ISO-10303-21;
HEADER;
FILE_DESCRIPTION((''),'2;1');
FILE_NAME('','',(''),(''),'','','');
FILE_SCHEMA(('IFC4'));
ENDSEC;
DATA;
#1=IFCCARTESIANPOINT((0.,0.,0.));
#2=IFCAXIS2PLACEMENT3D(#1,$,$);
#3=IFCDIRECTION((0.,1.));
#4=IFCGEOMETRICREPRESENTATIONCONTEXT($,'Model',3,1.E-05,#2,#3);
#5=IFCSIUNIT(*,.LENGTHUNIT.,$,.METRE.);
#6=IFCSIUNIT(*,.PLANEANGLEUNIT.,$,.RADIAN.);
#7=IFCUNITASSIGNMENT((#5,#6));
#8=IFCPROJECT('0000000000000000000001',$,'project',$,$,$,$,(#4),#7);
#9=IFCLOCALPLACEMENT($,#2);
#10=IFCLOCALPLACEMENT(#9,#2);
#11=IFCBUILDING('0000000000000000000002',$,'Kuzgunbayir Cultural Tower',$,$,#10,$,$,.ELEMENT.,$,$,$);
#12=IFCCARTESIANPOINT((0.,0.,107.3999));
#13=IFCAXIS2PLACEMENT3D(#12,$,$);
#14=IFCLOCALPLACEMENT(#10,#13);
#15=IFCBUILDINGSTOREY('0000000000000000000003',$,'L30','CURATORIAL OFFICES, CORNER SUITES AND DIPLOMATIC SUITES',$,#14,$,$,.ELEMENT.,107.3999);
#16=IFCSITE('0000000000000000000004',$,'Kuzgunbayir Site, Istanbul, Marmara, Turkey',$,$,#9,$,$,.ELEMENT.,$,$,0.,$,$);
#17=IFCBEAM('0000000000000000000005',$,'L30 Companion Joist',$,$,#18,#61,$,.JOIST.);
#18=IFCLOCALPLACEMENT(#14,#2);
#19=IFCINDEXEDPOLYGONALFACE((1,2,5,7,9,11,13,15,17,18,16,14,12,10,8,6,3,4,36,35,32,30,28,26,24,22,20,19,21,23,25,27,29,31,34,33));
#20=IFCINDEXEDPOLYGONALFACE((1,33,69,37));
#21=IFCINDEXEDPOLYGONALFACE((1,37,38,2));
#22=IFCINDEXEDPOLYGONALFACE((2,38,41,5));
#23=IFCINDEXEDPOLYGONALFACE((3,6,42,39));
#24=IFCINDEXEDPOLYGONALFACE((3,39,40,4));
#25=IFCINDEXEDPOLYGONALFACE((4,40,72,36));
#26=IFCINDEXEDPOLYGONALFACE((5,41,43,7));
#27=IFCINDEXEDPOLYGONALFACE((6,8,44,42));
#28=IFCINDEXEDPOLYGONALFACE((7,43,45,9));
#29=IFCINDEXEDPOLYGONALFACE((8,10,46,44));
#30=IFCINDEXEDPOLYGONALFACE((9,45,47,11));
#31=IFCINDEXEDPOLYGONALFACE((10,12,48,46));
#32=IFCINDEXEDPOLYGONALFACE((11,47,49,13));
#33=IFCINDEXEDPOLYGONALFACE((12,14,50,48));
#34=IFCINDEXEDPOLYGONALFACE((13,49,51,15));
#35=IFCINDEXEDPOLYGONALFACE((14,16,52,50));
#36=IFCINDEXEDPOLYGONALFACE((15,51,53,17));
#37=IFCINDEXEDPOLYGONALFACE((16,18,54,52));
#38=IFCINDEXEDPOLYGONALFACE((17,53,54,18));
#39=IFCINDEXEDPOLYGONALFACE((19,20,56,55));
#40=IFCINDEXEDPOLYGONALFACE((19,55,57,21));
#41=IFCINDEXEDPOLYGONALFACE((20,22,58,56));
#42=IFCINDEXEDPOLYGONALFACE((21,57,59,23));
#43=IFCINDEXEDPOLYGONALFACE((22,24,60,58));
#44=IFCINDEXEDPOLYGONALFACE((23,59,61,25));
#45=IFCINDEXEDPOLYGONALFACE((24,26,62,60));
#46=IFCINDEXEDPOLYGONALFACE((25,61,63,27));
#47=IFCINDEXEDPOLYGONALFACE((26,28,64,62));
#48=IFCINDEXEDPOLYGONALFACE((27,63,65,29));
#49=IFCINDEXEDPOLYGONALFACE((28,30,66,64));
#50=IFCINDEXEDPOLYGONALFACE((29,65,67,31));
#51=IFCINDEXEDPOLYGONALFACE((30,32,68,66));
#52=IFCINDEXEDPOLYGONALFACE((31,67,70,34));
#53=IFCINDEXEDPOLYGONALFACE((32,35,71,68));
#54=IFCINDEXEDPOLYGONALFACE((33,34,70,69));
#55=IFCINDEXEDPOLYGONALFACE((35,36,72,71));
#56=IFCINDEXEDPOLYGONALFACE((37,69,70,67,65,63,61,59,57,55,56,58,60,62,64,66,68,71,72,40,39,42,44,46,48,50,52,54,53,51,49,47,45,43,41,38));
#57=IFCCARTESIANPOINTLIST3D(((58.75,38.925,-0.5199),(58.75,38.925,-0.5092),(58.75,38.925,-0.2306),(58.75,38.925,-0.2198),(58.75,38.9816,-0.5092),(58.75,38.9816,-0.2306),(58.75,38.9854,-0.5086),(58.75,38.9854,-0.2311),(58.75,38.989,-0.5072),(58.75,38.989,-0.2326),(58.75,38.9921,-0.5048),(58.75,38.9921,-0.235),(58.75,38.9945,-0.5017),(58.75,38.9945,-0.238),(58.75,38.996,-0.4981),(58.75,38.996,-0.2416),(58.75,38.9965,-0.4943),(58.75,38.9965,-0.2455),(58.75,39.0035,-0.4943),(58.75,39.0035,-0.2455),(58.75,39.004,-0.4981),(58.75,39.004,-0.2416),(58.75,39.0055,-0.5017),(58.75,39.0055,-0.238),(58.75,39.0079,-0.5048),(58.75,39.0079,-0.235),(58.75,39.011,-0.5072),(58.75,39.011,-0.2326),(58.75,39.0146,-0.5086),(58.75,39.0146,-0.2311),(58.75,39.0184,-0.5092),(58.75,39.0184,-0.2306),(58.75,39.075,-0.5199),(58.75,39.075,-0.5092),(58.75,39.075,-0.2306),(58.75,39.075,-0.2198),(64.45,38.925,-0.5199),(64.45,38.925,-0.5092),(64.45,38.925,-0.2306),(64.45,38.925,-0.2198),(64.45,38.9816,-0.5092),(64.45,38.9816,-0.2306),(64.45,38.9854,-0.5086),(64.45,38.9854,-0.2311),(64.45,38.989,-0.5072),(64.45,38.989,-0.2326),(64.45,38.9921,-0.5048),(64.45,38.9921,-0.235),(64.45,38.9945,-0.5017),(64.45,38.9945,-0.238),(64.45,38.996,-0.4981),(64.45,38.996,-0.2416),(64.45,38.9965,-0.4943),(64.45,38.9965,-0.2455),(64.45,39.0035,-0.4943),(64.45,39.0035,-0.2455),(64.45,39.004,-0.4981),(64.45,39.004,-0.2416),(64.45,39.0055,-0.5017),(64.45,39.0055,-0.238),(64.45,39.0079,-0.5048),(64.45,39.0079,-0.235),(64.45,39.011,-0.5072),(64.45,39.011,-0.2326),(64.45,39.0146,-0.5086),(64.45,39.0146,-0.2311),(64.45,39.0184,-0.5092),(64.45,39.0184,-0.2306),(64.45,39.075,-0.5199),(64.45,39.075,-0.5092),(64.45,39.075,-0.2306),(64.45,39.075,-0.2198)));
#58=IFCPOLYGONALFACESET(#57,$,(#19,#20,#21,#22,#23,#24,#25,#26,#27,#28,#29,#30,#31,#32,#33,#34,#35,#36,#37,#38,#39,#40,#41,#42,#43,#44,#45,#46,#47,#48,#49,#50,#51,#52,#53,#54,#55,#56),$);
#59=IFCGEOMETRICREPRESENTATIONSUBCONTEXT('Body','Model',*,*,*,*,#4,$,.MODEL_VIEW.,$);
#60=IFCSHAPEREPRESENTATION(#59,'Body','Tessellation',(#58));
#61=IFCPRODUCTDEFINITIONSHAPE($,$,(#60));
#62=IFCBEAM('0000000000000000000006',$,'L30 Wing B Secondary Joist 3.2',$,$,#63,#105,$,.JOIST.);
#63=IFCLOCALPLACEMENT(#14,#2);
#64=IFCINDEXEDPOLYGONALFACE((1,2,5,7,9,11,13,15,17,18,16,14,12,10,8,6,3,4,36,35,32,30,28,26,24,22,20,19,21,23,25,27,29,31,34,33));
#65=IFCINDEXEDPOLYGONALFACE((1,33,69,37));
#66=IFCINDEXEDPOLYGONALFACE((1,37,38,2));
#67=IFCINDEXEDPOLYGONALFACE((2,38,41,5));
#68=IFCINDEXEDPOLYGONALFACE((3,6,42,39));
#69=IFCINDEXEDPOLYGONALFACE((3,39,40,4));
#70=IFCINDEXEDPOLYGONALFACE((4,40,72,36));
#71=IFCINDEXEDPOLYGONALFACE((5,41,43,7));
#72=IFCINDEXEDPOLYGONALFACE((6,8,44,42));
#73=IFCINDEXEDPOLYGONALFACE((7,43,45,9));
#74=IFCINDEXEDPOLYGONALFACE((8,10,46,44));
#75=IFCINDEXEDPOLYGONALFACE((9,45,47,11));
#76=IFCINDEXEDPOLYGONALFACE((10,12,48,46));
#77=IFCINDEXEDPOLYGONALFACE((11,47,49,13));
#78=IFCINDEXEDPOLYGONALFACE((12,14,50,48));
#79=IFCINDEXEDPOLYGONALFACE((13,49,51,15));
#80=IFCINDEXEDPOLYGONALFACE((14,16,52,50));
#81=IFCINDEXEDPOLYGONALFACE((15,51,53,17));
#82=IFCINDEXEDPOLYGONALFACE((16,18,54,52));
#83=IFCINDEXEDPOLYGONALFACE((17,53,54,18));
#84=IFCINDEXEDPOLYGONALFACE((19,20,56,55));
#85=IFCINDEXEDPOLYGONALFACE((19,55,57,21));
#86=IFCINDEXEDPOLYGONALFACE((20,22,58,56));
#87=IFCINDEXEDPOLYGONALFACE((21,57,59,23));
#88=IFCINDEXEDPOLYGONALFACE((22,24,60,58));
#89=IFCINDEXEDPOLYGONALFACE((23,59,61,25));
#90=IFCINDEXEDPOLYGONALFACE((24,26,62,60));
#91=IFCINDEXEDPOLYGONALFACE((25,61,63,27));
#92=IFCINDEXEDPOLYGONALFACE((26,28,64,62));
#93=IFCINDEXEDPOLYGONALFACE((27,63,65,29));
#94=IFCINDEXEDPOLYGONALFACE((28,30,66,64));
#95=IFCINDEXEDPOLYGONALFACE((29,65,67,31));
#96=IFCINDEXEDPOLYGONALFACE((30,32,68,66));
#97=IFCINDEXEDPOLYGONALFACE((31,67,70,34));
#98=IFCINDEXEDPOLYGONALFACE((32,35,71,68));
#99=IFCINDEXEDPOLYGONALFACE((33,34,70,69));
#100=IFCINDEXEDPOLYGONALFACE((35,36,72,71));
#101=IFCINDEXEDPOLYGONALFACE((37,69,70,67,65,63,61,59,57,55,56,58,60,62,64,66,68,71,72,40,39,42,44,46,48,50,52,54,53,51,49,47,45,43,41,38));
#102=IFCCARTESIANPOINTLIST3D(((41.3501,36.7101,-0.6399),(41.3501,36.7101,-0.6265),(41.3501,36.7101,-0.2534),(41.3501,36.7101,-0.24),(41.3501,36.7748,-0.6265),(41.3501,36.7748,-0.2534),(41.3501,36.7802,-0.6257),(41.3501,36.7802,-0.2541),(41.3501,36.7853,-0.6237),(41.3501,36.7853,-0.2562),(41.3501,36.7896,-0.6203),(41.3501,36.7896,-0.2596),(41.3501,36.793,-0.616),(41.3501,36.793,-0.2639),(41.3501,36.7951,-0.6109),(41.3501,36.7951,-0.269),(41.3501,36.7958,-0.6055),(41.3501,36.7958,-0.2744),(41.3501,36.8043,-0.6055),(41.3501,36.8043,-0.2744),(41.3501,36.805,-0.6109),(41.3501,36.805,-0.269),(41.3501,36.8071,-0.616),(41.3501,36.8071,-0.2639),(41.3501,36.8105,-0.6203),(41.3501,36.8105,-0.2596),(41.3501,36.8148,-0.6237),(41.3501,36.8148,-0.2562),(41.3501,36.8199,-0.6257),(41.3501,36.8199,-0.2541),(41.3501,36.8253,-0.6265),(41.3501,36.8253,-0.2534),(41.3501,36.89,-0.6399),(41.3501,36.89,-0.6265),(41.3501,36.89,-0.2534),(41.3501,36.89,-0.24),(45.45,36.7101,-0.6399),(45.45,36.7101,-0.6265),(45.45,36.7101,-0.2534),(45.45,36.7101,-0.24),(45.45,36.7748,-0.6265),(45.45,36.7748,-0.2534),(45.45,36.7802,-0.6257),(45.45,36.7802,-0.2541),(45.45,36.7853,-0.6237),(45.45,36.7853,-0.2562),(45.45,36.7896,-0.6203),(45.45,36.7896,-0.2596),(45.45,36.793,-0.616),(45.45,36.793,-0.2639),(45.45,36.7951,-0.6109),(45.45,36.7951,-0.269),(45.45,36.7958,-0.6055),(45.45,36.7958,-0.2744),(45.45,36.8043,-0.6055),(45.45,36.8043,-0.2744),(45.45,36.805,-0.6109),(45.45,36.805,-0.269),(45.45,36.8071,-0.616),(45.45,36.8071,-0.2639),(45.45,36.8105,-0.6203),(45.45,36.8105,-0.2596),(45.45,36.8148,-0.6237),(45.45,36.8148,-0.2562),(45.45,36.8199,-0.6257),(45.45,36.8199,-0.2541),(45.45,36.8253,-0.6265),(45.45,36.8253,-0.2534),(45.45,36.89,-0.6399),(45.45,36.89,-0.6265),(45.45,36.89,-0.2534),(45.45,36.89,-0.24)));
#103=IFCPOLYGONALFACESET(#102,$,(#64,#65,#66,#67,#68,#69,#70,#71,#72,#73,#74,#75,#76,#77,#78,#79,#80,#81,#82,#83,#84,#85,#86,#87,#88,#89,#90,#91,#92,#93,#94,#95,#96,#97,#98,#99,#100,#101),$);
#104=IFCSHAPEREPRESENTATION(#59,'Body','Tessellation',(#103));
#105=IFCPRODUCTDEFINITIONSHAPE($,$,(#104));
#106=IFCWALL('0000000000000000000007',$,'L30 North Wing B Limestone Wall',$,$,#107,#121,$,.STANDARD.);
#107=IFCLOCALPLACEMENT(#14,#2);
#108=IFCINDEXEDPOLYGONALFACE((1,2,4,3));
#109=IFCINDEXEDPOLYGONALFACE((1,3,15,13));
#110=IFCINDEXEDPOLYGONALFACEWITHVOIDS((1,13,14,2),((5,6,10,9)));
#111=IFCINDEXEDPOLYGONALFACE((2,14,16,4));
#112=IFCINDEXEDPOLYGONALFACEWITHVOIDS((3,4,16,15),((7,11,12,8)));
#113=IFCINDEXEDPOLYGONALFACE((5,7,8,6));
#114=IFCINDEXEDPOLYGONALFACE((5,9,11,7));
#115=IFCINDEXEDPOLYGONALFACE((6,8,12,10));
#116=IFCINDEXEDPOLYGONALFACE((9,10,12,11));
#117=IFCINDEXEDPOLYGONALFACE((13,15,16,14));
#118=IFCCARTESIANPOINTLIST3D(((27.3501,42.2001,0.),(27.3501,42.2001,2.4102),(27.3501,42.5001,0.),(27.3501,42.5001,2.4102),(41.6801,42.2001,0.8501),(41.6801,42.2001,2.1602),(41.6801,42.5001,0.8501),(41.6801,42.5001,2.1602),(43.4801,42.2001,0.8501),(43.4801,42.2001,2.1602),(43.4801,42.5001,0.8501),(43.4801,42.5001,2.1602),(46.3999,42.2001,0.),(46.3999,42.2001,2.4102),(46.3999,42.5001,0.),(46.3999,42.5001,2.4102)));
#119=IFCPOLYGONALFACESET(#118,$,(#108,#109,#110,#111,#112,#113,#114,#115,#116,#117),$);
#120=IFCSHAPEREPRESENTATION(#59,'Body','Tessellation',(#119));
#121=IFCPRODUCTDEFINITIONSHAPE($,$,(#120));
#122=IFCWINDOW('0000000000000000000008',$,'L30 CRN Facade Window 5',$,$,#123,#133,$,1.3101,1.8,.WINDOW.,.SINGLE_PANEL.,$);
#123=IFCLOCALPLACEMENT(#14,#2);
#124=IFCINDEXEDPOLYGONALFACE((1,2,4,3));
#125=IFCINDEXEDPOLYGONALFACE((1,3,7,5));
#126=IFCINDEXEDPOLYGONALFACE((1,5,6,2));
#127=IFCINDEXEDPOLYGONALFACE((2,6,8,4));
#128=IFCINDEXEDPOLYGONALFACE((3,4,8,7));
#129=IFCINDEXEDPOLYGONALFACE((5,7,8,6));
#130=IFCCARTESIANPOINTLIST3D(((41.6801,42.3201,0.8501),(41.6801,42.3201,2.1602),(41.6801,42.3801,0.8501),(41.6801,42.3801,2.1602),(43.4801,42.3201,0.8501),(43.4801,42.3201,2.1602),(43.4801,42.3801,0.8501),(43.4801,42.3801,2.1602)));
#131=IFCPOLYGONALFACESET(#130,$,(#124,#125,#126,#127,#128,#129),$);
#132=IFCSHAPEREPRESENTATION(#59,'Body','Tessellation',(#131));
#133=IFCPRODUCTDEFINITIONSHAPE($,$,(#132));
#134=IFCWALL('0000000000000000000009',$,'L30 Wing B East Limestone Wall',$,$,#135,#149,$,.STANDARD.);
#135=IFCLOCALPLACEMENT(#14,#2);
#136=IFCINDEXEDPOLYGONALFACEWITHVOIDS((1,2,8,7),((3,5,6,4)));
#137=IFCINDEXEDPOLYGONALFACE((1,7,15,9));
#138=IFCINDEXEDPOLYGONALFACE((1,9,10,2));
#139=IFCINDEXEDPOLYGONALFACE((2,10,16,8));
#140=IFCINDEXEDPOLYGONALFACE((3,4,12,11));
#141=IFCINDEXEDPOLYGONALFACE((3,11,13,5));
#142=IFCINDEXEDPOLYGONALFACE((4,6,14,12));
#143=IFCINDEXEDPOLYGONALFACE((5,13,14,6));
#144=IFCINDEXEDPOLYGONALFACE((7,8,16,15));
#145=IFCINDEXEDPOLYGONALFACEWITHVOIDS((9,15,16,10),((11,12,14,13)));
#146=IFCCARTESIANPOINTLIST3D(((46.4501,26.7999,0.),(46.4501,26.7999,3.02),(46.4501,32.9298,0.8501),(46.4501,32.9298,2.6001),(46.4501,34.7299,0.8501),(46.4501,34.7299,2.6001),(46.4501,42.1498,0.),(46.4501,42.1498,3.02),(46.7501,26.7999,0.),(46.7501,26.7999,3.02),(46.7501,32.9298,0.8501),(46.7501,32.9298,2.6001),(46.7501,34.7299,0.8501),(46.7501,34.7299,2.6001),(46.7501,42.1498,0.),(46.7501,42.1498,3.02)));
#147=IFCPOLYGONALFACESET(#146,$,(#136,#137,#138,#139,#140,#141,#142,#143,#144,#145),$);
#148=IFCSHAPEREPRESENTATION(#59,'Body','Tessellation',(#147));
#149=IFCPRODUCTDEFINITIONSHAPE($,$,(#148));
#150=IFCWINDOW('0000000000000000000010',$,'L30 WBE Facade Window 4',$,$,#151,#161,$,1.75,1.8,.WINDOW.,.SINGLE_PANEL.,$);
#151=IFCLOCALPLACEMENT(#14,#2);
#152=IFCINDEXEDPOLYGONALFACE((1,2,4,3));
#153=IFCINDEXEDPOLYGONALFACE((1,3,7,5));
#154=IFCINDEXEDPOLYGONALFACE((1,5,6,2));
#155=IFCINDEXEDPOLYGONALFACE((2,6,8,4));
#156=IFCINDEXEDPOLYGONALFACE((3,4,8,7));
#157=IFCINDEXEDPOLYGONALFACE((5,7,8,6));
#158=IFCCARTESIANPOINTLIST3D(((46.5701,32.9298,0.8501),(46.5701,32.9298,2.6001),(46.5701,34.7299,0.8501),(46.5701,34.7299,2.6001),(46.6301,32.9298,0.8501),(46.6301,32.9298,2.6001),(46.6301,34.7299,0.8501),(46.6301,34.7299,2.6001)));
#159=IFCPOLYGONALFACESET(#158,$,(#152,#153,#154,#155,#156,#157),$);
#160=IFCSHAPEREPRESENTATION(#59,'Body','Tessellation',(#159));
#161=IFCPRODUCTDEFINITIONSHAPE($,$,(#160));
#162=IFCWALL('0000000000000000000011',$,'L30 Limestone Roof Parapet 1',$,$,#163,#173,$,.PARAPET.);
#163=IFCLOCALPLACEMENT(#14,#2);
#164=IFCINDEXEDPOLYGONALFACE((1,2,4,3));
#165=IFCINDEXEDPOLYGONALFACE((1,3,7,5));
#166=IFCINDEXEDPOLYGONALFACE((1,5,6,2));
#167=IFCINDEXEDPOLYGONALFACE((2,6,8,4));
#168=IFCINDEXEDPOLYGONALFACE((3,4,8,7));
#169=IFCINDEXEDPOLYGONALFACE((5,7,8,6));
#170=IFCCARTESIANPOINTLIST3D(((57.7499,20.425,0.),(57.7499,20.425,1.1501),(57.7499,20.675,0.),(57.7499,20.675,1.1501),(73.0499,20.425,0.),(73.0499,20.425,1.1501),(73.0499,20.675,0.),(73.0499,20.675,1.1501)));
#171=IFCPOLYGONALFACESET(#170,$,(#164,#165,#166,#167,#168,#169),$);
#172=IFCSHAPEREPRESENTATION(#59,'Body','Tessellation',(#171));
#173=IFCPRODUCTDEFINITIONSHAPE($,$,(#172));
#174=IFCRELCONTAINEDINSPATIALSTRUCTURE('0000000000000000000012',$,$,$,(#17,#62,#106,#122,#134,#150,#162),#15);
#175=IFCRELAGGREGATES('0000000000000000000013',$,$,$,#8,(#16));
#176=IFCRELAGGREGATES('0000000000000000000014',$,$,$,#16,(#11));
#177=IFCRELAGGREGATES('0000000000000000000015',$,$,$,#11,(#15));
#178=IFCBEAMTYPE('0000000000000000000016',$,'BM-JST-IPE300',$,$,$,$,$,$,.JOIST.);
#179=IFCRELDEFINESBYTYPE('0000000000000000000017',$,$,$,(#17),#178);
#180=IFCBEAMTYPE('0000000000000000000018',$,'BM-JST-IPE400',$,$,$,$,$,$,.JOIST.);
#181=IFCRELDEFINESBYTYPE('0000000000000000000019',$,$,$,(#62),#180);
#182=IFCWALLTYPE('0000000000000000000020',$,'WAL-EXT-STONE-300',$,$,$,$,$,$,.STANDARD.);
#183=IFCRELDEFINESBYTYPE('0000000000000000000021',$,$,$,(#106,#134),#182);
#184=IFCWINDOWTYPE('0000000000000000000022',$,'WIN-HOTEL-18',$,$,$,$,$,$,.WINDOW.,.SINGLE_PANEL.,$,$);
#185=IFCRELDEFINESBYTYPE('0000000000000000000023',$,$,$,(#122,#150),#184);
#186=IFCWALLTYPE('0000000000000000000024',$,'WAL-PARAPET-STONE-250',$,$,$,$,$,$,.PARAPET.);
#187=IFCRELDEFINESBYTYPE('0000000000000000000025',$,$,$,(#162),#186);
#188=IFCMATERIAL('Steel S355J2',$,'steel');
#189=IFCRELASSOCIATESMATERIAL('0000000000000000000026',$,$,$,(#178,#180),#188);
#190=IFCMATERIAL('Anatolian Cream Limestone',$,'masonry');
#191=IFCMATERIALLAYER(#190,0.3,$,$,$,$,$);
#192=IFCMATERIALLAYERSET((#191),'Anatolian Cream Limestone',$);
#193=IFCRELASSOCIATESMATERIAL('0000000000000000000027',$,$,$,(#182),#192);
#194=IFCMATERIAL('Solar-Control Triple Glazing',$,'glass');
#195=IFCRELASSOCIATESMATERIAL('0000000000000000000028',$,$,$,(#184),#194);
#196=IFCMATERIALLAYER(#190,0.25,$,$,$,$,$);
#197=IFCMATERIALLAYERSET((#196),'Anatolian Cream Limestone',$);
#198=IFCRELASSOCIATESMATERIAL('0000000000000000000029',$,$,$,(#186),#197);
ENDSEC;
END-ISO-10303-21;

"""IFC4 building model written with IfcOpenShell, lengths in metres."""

from ifc_helpers import new_model, si_unit, direction, frame, frame_2d, origin, origin_2d, place, context, subcontext, project, spatial, rectangle, i_section, extrude, material, layer, layer_set, material_profile, profile_set, type_object, element, fill, save


model = new_model("IFC4")

# Units and contexts
model_context = context("Model", 3, precision=1e-05, world=origin(), true_north=direction((0.0, 1.0)))
body_context = subcontext(model_context, "Body", "Model", "MODEL_VIEW")
ifc_project = project(units=[si_unit("LENGTHUNIT", "METRE"), si_unit("PLANEANGLEUNIT", "RADIAN")], contexts=[model_context])

# Site, building, storey
site_placement = place(None, origin())
site = spatial("IfcSite", under=ifc_project, at=site_placement, Name="Kuzgunbayir Site, Istanbul, Marmara, Turkey", CompositionType="ELEMENT", RefElevation=0.0)
building_placement = place(site_placement, origin())
building = spatial("IfcBuilding", under=site, at=building_placement, Name="Kuzgunbayir Cultural Tower", CompositionType="ELEMENT")
storey_placement = place(building_placement, frame((0.0, 0.0, 107.3999)))
storey = spatial("IfcBuildingStorey", under=building, at=storey_placement, Name="L30", Description="CURATORIAL OFFICES, CORNER SUITES AND DIPLOMATIC SUITES", CompositionType="ELEMENT", Elevation=107.3999)

# Beams
ifc_material_1 = material(Name="Steel S355J2", Category="steel")
ifc_material_profile_1 = material_profile(ifc_material_1, i_section(OverallWidth=0.1499, OverallDepth=0.3, WebThickness=0.0071, FlangeThickness=0.0107, FilletRadius=0.0149, at=origin_2d()), Name="IPE 300")
ifc_profile_set_1 = profile_set([ifc_material_profile_1], Name="Steel S355J2")
beam_type_1 = type_object("IfcBeamType", Name="BM-JST-IPE300", PredefinedType="JOIST", material=ifc_profile_set_1)
for number, where, z_axis, x_axis, name in (
    (1, (58.75, 39.0, -0.3699), (1.0, 0.0, 0.0), (0.0, 1.0, 0.0), "L30 Companion Joist"),
):
    element("IfcBeam", number, at=place(storey_placement, frame(where, z_axis=z_axis, x_axis=x_axis)), inside=storey, type_object=beam_type_1, Name=name, PredefinedType="JOIST", context=body_context, shape_type="SweptSolid", body=[
        extrude(i_section(OverallWidth=0.1499, OverallDepth=0.3, WebThickness=0.0071, FlangeThickness=0.0107, FilletRadius=0.0149, at=origin_2d()), origin(), (0.0, 0.0, 1.0), 5.7),
    ])
ifc_material_profile_2 = material_profile(ifc_material_1, i_section(OverallWidth=0.1799, OverallDepth=0.3999, WebThickness=0.0085, FlangeThickness=0.0134, FilletRadius=0.021, at=origin_2d()), Name="IPE 400")
ifc_profile_set_2 = profile_set([ifc_material_profile_2], Name="Steel S355J2")
beam_type_2 = type_object("IfcBeamType", Name="BM-JST-IPE400", PredefinedType="JOIST", material=ifc_profile_set_2)
beam_1_placement = place(storey_placement, frame((41.3501, 36.8, -0.4399), z_axis=(1.0, 0.0, 0.0), x_axis=(0.0, 1.0, 0.0)))
element("IfcBeam", 2, at=beam_1_placement, inside=storey, type_object=beam_type_2, Name="L30 Wing B Secondary Joist 3.2", PredefinedType="JOIST", context=body_context, shape_type="SweptSolid", body=[
    extrude(i_section(OverallWidth=0.1799, OverallDepth=0.3999, WebThickness=0.0085, FlangeThickness=0.0134, FilletRadius=0.021, at=origin_2d()), origin(), (0.0, 0.0, 1.0), 4.0999),
])

# Walls, openings, windows
ifc_material_2 = material(Name="Anatolian Cream Limestone", Category="masonry")
ifc_layer_1 = layer(ifc_material_2, 0.3)
ifc_layer_set_1 = layer_set([ifc_layer_1], Name="Anatolian Cream Limestone")
wall_type_1 = type_object("IfcWallType", Name="WAL-EXT-STONE-300", PredefinedType="STANDARD", material=ifc_layer_set_1)
wall_1_placement = place(storey_placement, frame((46.3999, 42.3501, 0.0), z_axis=(0.0, 0.0, 1.0), x_axis=(-1.0, 0.0, 0.0)))
wall_1 = element("IfcWall", 3, at=wall_1_placement, inside=storey, type_object=wall_type_1, Name="L30 North Wing B Limestone Wall", PredefinedType="STANDARD", context=body_context, shape_type="SweptSolid", body=[
    extrude(rectangle(XDim=19.0498, YDim=0.3, at=frame_2d((9.5249, 0.0))), origin(), (0.0, 0.0, 1.0), 2.4102),
])
opening_1_placement = place(wall_1_placement, frame((2.9199, 0.0, 0.8501)))
opening_1 = element("IfcOpeningElement", 4, at=opening_1_placement, cuts=wall_1, PredefinedType="OPENING", context=body_context, shape_type="SweptSolid", body=[
    extrude(rectangle(XDim=1.8, YDim=1.3101, at=frame_2d((0.8999, 0.655))), frame((0.0, 0.1602, 0.0), z_axis=(0.0, -1.0, 0.0), x_axis=(1.0, 0.0, 0.0)), (0.0, 0.0, 1.0), 0.3201),
])
ifc_material_3 = material(Name="Solar-Control Triple Glazing", Category="glass")
window_type = type_object("IfcWindowType", Name="WIN-HOTEL-18", PartitioningType="SINGLE_PANEL", PredefinedType="WINDOW", material=ifc_material_3)
window_1_placement = place(opening_1_placement, origin())
window_1 = element("IfcWindow", 5, at=window_1_placement, inside=storey, type_object=window_type, Name="L30 CRN Facade Window 5", OverallHeight=1.3101, OverallWidth=1.8, PartitioningType="SINGLE_PANEL", PredefinedType="WINDOW", context=body_context, shape_type="SweptSolid", body=[
    extrude(rectangle(XDim=1.8, YDim=1.3101, at=frame_2d((0.8999, 0.655))), frame((0.0, 0.03, 0.0), z_axis=(0.0, -1.0, 0.0), x_axis=(1.0, 0.0, 0.0)), (0.0, 0.0, 1.0), 0.0601),
])
fill(opening_1, window_1)
wall_2_placement = place(storey_placement, frame((46.6001, 26.8, 0.0), z_axis=(0.0, 0.0, 1.0), x_axis=(0.0, 1.0, 0.0)))
wall_2 = element("IfcWall", 6, at=wall_2_placement, inside=storey, type_object=wall_type_1, Name="L30 Wing B East Limestone Wall", PredefinedType="STANDARD", context=body_context, shape_type="SweptSolid", body=[
    extrude(rectangle(XDim=15.3499, YDim=0.3, at=frame_2d((7.6748, 0.0))), origin(), (0.0, 0.0, 1.0), 3.02),
])
opening_2_placement = place(wall_2_placement, frame((6.1299, 0.0, 0.8501)))
opening_2 = element("IfcOpeningElement", 7, at=opening_2_placement, cuts=wall_2, PredefinedType="OPENING", context=body_context, shape_type="SweptSolid", body=[
    extrude(rectangle(XDim=1.8, YDim=1.75, at=frame_2d((0.8999, 0.875))), frame((0.0, 0.1602, 0.0), z_axis=(0.0, -1.0, 0.0), x_axis=(1.0, 0.0, 0.0)), (0.0, 0.0, 1.0), 0.3201),
])
window_2_placement = place(opening_2_placement, origin())
window_2 = element("IfcWindow", 8, at=window_2_placement, inside=storey, type_object=window_type, Name="L30 WBE Facade Window 4", OverallHeight=1.75, OverallWidth=1.8, PartitioningType="SINGLE_PANEL", PredefinedType="WINDOW", context=body_context, shape_type="SweptSolid", body=[
    extrude(rectangle(XDim=1.8, YDim=1.75, at=frame_2d((0.8999, 0.875))), frame((0.0, 0.03, 0.0), z_axis=(0.0, -1.0, 0.0), x_axis=(1.0, 0.0, 0.0)), (0.0, 0.0, 1.0), 0.0601),
])
fill(opening_2, window_2)

# Wall
ifc_layer_2 = layer(ifc_material_2, 0.25)
ifc_layer_set_2 = layer_set([ifc_layer_2], Name="Anatolian Cream Limestone")
wall_type_2 = type_object("IfcWallType", Name="WAL-PARAPET-STONE-250", PredefinedType="PARAPET", material=ifc_layer_set_2)
wall_3_placement = place(storey_placement, frame((57.75, 20.55, 0.0), z_axis=(0.0, 0.0, 1.0), x_axis=(1.0, 0.0, 0.0)))
element("IfcWall", 9, at=wall_3_placement, inside=storey, type_object=wall_type_2, Name="L30 Limestone Roof Parapet 1", PredefinedType="PARAPET", context=body_context, shape_type="SweptSolid", body=[
    extrude(rectangle(XDim=15.3, YDim=0.25, at=frame_2d((7.6499, 0.0))), origin(), (0.0, 0.0, 1.0), 1.1501),
])

save(model, "model.ifc")
